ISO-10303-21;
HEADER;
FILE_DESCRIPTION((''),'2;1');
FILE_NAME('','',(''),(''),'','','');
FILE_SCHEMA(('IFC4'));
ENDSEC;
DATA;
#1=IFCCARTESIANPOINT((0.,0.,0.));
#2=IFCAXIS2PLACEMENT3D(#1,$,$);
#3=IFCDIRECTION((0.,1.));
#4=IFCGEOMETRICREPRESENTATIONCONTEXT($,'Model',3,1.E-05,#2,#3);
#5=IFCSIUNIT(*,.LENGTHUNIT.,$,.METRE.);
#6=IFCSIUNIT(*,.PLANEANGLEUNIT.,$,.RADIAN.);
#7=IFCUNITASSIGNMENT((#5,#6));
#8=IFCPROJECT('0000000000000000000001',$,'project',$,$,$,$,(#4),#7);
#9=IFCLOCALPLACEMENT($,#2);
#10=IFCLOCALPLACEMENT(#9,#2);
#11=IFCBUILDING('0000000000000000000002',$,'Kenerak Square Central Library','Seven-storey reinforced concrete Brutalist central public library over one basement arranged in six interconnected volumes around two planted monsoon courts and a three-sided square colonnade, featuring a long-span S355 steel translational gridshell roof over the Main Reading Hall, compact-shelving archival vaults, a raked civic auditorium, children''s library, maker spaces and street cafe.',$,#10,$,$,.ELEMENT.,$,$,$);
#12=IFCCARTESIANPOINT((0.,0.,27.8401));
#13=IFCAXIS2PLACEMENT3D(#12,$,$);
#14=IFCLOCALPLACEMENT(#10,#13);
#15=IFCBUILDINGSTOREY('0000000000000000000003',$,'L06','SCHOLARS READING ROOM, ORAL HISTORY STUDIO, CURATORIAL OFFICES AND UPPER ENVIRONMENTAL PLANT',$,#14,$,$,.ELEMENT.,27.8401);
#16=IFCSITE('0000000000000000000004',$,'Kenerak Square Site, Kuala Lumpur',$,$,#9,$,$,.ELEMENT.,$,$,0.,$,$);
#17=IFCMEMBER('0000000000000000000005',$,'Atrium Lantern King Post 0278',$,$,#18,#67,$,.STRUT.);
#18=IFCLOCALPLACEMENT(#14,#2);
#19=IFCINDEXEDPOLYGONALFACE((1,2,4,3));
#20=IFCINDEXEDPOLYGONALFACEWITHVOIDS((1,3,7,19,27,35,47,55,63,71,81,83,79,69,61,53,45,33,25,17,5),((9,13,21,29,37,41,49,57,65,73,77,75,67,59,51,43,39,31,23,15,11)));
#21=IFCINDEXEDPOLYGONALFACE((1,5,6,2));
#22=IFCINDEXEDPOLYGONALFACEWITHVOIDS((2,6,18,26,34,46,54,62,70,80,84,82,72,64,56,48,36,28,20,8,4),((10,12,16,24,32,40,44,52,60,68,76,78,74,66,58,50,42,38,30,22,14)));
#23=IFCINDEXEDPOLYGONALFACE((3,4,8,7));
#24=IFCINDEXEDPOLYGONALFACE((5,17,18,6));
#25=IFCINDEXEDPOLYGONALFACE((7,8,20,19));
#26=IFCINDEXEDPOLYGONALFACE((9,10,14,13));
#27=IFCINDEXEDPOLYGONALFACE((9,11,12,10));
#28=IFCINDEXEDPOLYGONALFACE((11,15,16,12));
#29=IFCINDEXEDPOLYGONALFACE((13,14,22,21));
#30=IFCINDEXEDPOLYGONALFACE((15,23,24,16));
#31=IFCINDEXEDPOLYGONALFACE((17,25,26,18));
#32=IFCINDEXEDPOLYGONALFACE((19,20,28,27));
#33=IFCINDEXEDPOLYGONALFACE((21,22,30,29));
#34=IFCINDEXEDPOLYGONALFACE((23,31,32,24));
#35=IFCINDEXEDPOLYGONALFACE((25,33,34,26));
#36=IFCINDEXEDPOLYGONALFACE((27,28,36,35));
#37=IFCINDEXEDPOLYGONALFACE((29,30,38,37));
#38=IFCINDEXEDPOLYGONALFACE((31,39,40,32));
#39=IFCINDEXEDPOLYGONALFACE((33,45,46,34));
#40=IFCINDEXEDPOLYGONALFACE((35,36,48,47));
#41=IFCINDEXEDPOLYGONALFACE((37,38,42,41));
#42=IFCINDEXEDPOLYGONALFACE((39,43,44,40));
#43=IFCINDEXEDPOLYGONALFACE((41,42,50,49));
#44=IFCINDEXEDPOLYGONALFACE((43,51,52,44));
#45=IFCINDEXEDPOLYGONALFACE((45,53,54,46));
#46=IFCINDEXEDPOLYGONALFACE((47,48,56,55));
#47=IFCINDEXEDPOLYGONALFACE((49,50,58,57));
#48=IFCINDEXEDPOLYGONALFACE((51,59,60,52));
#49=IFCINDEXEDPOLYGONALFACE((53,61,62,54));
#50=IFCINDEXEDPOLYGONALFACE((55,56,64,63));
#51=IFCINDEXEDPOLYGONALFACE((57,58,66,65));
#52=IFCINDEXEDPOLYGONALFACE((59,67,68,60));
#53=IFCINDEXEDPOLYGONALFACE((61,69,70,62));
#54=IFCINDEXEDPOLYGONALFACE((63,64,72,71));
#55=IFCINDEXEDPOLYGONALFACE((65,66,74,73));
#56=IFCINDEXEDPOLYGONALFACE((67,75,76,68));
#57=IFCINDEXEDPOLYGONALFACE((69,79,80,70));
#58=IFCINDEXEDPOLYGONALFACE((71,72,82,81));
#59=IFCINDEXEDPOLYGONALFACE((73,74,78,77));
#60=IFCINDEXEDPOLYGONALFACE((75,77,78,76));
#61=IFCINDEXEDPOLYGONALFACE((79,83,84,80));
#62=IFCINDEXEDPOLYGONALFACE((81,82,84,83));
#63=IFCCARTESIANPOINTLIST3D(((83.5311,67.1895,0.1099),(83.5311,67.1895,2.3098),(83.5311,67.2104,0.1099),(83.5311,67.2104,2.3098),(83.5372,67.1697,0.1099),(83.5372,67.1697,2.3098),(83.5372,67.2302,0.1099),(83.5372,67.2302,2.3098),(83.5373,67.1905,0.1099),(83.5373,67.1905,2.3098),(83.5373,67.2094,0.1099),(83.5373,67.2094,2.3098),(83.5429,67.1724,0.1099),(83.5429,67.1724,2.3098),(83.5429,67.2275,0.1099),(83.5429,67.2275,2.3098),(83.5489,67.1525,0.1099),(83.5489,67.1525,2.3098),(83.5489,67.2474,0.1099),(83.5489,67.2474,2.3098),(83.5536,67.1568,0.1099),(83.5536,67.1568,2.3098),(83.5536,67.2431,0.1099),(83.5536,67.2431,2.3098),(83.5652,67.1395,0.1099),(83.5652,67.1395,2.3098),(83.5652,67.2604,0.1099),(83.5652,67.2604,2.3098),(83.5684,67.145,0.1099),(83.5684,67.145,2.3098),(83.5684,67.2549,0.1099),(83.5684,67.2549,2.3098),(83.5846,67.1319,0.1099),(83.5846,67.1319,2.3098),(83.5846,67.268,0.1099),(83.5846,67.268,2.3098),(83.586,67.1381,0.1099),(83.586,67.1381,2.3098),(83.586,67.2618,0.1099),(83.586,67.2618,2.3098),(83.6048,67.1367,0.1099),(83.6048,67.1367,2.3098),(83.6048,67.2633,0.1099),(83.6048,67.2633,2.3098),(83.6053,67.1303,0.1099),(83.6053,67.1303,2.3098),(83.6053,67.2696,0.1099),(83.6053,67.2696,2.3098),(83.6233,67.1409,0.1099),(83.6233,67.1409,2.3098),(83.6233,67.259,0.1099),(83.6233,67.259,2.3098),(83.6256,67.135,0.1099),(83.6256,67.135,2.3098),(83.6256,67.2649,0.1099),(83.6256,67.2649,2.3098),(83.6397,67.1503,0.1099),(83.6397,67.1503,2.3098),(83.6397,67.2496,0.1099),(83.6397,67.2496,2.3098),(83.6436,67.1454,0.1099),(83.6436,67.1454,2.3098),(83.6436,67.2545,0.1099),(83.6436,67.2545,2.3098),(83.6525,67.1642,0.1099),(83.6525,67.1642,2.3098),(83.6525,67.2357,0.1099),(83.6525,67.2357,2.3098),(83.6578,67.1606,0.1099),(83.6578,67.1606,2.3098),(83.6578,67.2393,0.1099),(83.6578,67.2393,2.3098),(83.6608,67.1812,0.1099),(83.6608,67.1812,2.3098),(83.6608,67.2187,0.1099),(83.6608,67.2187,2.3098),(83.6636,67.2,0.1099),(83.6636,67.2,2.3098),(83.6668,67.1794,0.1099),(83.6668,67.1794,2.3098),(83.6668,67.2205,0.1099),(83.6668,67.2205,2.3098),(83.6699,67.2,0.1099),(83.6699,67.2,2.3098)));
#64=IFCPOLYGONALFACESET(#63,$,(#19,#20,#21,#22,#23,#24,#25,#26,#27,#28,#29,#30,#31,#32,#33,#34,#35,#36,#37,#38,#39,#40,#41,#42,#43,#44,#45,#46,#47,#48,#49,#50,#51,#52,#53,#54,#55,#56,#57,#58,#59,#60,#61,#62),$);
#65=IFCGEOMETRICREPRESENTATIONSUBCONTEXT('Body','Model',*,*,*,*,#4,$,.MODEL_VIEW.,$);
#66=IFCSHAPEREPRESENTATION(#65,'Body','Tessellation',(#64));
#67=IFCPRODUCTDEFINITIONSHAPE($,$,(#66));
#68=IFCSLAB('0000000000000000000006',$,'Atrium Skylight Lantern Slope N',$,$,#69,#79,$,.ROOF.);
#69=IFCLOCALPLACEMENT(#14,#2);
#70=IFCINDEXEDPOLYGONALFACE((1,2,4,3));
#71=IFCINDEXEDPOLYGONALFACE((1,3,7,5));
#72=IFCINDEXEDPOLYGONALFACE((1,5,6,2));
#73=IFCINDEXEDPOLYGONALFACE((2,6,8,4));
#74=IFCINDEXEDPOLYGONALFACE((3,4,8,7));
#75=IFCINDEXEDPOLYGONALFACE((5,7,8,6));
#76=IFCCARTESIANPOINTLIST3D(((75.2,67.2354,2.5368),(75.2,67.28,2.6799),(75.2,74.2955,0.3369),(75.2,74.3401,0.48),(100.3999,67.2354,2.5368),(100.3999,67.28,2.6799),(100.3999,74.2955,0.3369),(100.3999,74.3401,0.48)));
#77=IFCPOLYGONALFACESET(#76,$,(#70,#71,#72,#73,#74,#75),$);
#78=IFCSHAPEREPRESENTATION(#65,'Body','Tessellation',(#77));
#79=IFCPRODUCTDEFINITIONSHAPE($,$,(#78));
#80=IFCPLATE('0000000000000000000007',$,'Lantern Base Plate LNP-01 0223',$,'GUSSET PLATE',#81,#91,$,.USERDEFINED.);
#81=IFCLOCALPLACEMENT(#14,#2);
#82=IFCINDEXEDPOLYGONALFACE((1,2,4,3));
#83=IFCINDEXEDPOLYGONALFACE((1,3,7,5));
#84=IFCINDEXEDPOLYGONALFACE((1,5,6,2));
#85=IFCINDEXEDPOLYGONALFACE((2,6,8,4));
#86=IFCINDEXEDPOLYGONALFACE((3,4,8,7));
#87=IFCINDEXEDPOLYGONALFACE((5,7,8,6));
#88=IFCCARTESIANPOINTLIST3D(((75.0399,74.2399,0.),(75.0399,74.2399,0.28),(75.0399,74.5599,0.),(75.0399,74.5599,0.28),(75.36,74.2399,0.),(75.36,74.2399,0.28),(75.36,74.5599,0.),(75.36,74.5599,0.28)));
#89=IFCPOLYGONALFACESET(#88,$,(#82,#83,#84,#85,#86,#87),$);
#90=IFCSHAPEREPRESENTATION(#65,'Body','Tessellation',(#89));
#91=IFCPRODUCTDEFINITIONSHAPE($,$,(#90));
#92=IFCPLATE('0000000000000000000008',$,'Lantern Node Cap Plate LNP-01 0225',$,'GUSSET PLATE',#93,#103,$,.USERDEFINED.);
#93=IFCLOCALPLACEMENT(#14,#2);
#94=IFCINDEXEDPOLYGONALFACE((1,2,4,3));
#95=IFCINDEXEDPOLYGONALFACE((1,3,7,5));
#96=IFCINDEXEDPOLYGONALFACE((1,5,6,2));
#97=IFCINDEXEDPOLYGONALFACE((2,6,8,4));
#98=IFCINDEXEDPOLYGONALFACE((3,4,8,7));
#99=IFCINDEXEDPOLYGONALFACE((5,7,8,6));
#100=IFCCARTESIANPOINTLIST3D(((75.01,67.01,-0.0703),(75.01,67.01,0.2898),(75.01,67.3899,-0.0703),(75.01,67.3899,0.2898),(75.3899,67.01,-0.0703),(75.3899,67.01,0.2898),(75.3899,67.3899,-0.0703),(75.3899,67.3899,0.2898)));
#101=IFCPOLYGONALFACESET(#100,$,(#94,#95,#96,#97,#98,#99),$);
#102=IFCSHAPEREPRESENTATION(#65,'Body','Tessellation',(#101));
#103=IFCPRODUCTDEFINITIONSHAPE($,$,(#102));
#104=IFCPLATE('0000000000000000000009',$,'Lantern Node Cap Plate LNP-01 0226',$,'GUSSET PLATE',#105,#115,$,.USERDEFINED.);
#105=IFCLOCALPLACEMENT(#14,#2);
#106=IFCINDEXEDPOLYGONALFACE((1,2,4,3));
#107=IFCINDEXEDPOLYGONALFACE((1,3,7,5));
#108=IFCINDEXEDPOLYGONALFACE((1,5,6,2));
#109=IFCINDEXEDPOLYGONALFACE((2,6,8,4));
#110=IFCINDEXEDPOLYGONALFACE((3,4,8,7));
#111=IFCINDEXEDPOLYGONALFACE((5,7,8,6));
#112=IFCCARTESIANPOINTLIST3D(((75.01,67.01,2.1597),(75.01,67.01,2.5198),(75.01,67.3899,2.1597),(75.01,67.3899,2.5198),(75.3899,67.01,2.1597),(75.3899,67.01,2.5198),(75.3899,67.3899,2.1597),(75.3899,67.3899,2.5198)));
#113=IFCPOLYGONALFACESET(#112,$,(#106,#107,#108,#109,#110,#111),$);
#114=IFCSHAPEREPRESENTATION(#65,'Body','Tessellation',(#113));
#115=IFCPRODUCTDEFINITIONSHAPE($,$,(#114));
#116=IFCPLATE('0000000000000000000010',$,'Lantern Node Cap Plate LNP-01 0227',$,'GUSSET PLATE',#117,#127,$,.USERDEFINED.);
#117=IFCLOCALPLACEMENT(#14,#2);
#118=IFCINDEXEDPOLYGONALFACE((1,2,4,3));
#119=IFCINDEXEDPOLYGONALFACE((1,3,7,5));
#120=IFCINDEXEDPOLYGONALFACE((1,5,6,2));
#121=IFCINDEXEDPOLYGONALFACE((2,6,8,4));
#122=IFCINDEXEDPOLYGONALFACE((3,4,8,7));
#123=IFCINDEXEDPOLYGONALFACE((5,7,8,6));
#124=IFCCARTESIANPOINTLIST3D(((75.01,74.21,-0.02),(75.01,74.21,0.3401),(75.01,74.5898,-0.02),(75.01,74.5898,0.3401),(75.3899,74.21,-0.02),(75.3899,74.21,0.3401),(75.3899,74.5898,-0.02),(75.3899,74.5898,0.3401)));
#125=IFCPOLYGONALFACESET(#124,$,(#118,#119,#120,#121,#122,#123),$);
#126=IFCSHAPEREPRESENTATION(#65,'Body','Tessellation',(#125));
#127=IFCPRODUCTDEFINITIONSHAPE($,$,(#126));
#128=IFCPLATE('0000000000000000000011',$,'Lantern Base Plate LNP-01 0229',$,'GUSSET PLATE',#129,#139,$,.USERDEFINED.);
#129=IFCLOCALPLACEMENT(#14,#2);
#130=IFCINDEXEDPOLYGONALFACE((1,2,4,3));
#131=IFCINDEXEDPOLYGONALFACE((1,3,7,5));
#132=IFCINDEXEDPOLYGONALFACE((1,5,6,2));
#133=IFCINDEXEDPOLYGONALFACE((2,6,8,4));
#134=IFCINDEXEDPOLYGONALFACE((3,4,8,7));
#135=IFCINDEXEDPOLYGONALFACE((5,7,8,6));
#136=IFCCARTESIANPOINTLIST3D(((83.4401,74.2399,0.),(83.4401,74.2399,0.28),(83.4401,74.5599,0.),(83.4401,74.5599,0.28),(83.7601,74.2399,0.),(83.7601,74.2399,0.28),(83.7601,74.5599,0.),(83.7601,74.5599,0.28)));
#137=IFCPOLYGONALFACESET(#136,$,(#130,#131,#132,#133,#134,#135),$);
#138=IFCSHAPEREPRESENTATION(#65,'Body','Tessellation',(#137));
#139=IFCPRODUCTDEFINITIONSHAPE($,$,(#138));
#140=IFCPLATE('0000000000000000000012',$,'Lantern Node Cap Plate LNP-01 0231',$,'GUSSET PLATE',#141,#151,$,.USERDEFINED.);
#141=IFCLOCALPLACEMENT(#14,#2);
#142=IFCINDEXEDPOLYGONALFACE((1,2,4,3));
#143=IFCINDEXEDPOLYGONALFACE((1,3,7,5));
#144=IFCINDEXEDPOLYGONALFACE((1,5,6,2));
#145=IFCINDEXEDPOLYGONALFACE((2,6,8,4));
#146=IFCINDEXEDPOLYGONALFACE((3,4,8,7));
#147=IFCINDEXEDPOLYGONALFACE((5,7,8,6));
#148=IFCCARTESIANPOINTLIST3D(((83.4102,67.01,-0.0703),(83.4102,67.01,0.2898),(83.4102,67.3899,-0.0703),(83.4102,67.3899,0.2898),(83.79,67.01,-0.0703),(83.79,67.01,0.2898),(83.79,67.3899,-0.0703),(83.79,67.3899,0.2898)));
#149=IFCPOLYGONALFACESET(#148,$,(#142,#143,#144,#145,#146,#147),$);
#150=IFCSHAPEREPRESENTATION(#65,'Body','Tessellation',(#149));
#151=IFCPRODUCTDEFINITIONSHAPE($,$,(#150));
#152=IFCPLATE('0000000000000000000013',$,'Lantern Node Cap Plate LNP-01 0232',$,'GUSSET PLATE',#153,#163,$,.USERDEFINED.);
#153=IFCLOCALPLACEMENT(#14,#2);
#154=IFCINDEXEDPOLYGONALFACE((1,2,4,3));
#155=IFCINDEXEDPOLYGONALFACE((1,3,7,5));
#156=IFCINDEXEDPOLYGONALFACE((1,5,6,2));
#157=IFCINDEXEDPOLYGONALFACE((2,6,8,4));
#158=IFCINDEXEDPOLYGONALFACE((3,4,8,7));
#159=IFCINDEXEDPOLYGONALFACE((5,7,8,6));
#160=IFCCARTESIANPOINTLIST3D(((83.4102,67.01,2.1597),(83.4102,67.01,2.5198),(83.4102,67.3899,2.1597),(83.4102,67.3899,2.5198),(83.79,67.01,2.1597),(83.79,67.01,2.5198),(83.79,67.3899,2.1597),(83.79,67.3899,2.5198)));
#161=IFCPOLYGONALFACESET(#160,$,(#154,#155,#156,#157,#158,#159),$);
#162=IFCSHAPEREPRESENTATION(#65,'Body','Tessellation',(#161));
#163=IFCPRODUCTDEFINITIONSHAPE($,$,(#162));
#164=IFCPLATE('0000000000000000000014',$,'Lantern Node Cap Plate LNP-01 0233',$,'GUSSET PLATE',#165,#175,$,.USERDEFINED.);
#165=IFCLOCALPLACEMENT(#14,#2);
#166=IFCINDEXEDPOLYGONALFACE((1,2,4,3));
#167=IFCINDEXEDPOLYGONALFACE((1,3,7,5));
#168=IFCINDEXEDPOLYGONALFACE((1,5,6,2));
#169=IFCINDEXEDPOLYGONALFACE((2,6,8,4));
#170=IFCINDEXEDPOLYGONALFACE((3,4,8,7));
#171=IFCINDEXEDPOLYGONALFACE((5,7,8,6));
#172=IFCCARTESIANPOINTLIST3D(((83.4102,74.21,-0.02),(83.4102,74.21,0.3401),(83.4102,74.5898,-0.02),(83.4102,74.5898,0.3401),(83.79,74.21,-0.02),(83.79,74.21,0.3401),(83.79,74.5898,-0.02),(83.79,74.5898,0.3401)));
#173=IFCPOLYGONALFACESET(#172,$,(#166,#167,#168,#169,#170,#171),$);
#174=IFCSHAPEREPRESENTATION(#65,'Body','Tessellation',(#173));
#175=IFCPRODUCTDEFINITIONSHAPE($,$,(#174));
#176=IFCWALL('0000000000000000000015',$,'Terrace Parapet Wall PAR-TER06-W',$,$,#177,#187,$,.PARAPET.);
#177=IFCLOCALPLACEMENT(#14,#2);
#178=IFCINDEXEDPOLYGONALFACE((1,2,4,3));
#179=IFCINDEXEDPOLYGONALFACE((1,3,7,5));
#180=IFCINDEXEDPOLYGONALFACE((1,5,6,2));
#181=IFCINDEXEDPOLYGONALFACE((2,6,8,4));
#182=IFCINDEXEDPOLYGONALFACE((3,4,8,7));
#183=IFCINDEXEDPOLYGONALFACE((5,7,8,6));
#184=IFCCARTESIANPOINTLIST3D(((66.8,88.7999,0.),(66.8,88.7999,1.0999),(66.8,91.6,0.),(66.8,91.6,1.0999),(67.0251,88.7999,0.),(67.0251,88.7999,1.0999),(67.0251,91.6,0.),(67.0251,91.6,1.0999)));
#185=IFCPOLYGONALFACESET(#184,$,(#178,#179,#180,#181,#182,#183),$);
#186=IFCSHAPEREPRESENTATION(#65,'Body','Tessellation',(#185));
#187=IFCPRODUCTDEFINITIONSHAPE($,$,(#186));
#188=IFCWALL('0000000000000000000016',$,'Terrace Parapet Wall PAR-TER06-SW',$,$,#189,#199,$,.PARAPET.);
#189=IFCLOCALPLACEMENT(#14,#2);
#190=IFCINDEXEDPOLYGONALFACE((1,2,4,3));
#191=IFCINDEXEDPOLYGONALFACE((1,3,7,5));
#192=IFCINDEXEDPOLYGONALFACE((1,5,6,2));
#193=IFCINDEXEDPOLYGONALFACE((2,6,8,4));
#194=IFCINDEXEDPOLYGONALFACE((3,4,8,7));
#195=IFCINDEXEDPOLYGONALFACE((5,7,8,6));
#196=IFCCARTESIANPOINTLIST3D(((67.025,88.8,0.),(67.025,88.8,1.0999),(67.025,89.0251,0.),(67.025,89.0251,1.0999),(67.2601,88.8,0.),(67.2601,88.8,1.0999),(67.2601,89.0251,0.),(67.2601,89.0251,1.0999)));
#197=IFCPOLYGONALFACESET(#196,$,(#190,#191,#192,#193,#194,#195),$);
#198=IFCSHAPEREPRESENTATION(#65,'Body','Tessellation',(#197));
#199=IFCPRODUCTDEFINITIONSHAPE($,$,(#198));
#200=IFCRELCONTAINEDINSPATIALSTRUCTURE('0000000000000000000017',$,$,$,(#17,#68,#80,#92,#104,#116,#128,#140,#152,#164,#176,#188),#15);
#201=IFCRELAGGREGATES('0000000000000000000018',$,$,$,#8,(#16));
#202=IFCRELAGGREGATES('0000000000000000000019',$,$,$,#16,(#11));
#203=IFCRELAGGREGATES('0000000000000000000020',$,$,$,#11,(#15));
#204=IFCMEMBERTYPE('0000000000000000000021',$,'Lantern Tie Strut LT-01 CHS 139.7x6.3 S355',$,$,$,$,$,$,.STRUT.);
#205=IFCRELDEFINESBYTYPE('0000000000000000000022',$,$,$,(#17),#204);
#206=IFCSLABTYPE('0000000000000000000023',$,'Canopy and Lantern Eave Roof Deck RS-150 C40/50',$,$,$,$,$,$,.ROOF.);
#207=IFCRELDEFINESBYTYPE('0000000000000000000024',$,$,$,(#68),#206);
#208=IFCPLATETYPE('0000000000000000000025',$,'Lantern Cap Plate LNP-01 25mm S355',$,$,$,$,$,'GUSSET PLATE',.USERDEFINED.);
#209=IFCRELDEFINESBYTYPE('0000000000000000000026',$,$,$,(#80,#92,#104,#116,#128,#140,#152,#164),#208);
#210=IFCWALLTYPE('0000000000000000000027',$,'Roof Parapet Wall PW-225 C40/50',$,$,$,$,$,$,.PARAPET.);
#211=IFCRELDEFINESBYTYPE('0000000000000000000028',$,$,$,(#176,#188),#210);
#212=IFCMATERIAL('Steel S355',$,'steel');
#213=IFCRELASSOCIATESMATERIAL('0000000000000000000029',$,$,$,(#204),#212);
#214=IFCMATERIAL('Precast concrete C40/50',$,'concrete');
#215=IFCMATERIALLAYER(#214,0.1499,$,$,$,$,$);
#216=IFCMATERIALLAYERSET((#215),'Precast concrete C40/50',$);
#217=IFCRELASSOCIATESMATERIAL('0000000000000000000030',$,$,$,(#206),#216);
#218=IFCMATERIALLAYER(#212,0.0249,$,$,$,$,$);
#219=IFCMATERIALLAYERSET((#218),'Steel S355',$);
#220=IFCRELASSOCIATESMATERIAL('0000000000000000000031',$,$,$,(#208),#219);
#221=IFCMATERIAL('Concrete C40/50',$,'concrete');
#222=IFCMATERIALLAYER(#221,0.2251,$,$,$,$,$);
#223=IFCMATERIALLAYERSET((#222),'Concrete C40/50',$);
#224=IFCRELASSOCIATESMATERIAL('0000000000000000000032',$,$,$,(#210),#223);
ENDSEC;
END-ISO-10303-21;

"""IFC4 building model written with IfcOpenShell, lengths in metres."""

from ifc_helpers import new_model, si_unit, direction, frame, frame_2d, origin, origin_2d, place, context, subcontext, project, spatial, polyline, rectangle, hollow_circle, outline, extrude, material, layer, layer_set, material_profile, profile_set, type_object, element, save


model = new_model("IFC4")

# Units and contexts
model_context = context("Model", 3, precision=1e-05, world=origin(), true_north=direction((0.0, 1.0)))
body_context = subcontext(model_context, "Body", "Model", "MODEL_VIEW")
ifc_project = project(units=[si_unit("LENGTHUNIT", "METRE"), si_unit("PLANEANGLEUNIT", "RADIAN")], contexts=[model_context])

# Site, building, storey
site_placement = place(None, origin())
site = spatial("IfcSite", under=ifc_project, at=site_placement, Name="Kenerak Square Site, Kuala Lumpur", CompositionType="ELEMENT", RefElevation=0.0)
building_placement = place(site_placement, origin())
building = spatial("IfcBuilding", under=site, at=building_placement, Name="Kenerak Square Central Library", Description="Seven-storey reinforced concrete Brutalist central public library over one basement arranged in six interconnected volumes around two planted monsoon courts and a three-sided square colonnade, featuring a long-span S355 steel translational gridshell roof over the Main Reading Hall, compact-shelving archival vaults, a raked civic auditorium, children's library, maker spaces and street cafe.", CompositionType="ELEMENT")
storey_placement = place(building_placement, frame((0.0, 0.0, 27.8401)))
storey = spatial("IfcBuildingStorey", under=building, at=storey_placement, Name="L06", Description="SCHOLARS READING ROOM, ORAL HISTORY STUDIO, CURATORIAL OFFICES AND UPPER ENVIRONMENTAL PLANT", CompositionType="ELEMENT", Elevation=27.8401)

# Shared definitions
ifc_material_1 = material(Name="Steel S355", Category="steel")

# Member
ifc_material_profile_1 = material_profile(ifc_material_1, hollow_circle(Radius=0.0698, WallThickness=0.0063, at=origin_2d()), Name="CHS 139.7x6.3")
ifc_profile_set_1 = profile_set([ifc_material_profile_1], Name="Steel S355")
member_type_1 = type_object("IfcMemberType", Name="Lantern Tie Strut LT-01 CHS 139.7x6.3 S355", PredefinedType="STRUT", material=ifc_profile_set_1)
for number, where, z_axis, x_axis, name in (
    (1, (83.6001, 67.2, 0.1099), (0.0, 0.0, 1.0), (1.0, 0.0, 0.0), "Atrium Lantern King Post 0278"),
):
    element("IfcMember", number, at=place(storey_placement, frame(where, z_axis=z_axis, x_axis=x_axis)), inside=storey, type_object=member_type_1, Name=name, PredefinedType="STRUT", context=body_context, shape_type="SweptSolid", body=[
        extrude(hollow_circle(Radius=0.0698, WallThickness=0.0063, at=origin_2d()), origin(), (0.0, 0.0, 1.0), 2.2),
    ])

# Slab
ifc_material_2 = material(Name="Precast concrete C40/50", Category="concrete")
ifc_layer_1 = layer(ifc_material_2, 0.1499)
ifc_layer_set_1 = layer_set([ifc_layer_1], Name="Precast concrete C40/50")
slab_type = type_object("IfcSlabType", Name="Canopy and Lantern Eave Roof Deck RS-150 C40/50", PredefinedType="ROOF", material=ifc_layer_set_1)
slab_placement = place(storey_placement, frame((75.2, 67.28, 2.6799), z_axis=(0.0, 0.297497, 0.954723), x_axis=(1.0, 0.0, 0.0)))
element("IfcSlab", 2, at=slab_placement, inside=storey, type_object=slab_type, Name="Atrium Skylight Lantern Slope N", PredefinedType="ROOF", context=body_context, shape_type="SweptSolid", body=[
    extrude(outline(polyline([(0.0, 0.0), (25.2, 0.0), (25.2, 7.3949), (0.0, 7.3949), (0.0, 0.0)])), origin(), (0.0, 0.0, -1.0), 0.1499),
])

# Plates
ifc_layer_2 = layer(ifc_material_1, 0.0249)
ifc_layer_set_2 = layer_set([ifc_layer_2], Name="Steel S355")
plate_type = type_object("IfcPlateType", Name="Lantern Cap Plate LNP-01 25mm S355", ElementType="GUSSET PLATE", PredefinedType="USERDEFINED", material=ifc_layer_set_2)
plate_1_placement = place(storey_placement, frame((75.2, 74.3999, 0.0), z_axis=(0.0, 0.0, 1.0), x_axis=(1.0, 0.0, 0.0)))
element("IfcPlate", 3, at=plate_1_placement, inside=storey, type_object=plate_type, Name="Lantern Base Plate LNP-01 0223", ObjectType="GUSSET PLATE", PredefinedType="USERDEFINED", context=body_context, shape_type="SweptSolid", body=[
    extrude(rectangle(XDim=0.3201, YDim=0.3201, at=origin_2d()), origin(), (0.0, 0.0, 1.0), 0.28),
])
for number, where, z_axis, x_axis, name in (
    (4, (75.2, 67.2, -0.0703), (0.0, 0.0, 1.0), (1.0, 0.0, 0.0), "Lantern Node Cap Plate LNP-01 0225"),
    (5, (75.2, 67.2, 2.1597), (0.0, 0.0, 1.0), (1.0, 0.0, 0.0), "Lantern Node Cap Plate LNP-01 0226"),
    (6, (75.2, 74.3999, -0.02), (0.0, 0.0, 1.0), (1.0, 0.0, 0.0), "Lantern Node Cap Plate LNP-01 0227"),
):
    element("IfcPlate", number, at=place(storey_placement, frame(where, z_axis=z_axis, x_axis=x_axis)), inside=storey, type_object=plate_type, Name=name, ObjectType="GUSSET PLATE", PredefinedType="USERDEFINED", context=body_context, shape_type="SweptSolid", body=[
        extrude(rectangle(XDim=0.3799, YDim=0.3799, at=origin_2d()), origin(), (0.0, 0.0, 1.0), 0.3601),
    ])
plate_2_placement = place(storey_placement, frame((83.6001, 74.3999, 0.0), z_axis=(0.0, 0.0, 1.0), x_axis=(1.0, 0.0, 0.0)))
element("IfcPlate", 7, at=plate_2_placement, inside=storey, type_object=plate_type, Name="Lantern Base Plate LNP-01 0229", ObjectType="GUSSET PLATE", PredefinedType="USERDEFINED", context=body_context, shape_type="SweptSolid", body=[
    extrude(rectangle(XDim=0.3201, YDim=0.3201, at=origin_2d()), origin(), (0.0, 0.0, 1.0), 0.28),
])
for number, where, z_axis, x_axis, name in (
    (8, (83.6001, 67.2, -0.0703), (0.0, 0.0, 1.0), (1.0, 0.0, 0.0), "Lantern Node Cap Plate LNP-01 0231"),
    (9, (83.6001, 67.2, 2.1597), (0.0, 0.0, 1.0), (1.0, 0.0, 0.0), "Lantern Node Cap Plate LNP-01 0232"),
    (10, (83.6001, 74.3999, -0.02), (0.0, 0.0, 1.0), (1.0, 0.0, 0.0), "Lantern Node Cap Plate LNP-01 0233"),
):
    element("IfcPlate", number, at=place(storey_placement, frame(where, z_axis=z_axis, x_axis=x_axis)), inside=storey, type_object=plate_type, Name=name, ObjectType="GUSSET PLATE", PredefinedType="USERDEFINED", context=body_context, shape_type="SweptSolid", body=[
        extrude(rectangle(XDim=0.3799, YDim=0.3799, at=origin_2d()), origin(), (0.0, 0.0, 1.0), 0.3601),
    ])

# Walls
ifc_material_3 = material(Name="Concrete C40/50", Category="concrete")
ifc_layer_3 = layer(ifc_material_3, 0.2251)
ifc_layer_set_3 = layer_set([ifc_layer_3], Name="Concrete C40/50")
wall_type = type_object("IfcWallType", Name="Roof Parapet Wall PW-225 C40/50", PredefinedType="PARAPET", material=ifc_layer_set_3)
wall_1_placement = place(storey_placement, frame((66.9126, 88.8, 0.0), z_axis=(0.0, 0.0, 1.0), x_axis=(0.0, 1.0, 0.0)))
element("IfcWall", 11, at=wall_1_placement, inside=storey, type_object=wall_type, Name="Terrace Parapet Wall PAR-TER06-W", PredefinedType="PARAPET", context=body_context, shape_type="SweptSolid", body=[
    extrude(rectangle(XDim=2.8, YDim=0.2251, at=frame_2d((1.3999, 0.0))), origin(), (0.0, 0.0, 1.0), 1.0999),
])
wall_2_placement = place(storey_placement, frame((67.0249, 88.9126, 0.0), z_axis=(0.0, 0.0, 1.0), x_axis=(1.0, 0.0, 0.0)))
element("IfcWall", 12, at=wall_2_placement, inside=storey, type_object=wall_type, Name="Terrace Parapet Wall PAR-TER06-SW", PredefinedType="PARAPET", context=body_context, shape_type="SweptSolid", body=[
    extrude(rectangle(XDim=0.2351, YDim=0.2251, at=frame_2d((0.1177, 0.0))), origin(), (0.0, 0.0, 1.0), 1.0999),
])

save(model, "model.ifc")
